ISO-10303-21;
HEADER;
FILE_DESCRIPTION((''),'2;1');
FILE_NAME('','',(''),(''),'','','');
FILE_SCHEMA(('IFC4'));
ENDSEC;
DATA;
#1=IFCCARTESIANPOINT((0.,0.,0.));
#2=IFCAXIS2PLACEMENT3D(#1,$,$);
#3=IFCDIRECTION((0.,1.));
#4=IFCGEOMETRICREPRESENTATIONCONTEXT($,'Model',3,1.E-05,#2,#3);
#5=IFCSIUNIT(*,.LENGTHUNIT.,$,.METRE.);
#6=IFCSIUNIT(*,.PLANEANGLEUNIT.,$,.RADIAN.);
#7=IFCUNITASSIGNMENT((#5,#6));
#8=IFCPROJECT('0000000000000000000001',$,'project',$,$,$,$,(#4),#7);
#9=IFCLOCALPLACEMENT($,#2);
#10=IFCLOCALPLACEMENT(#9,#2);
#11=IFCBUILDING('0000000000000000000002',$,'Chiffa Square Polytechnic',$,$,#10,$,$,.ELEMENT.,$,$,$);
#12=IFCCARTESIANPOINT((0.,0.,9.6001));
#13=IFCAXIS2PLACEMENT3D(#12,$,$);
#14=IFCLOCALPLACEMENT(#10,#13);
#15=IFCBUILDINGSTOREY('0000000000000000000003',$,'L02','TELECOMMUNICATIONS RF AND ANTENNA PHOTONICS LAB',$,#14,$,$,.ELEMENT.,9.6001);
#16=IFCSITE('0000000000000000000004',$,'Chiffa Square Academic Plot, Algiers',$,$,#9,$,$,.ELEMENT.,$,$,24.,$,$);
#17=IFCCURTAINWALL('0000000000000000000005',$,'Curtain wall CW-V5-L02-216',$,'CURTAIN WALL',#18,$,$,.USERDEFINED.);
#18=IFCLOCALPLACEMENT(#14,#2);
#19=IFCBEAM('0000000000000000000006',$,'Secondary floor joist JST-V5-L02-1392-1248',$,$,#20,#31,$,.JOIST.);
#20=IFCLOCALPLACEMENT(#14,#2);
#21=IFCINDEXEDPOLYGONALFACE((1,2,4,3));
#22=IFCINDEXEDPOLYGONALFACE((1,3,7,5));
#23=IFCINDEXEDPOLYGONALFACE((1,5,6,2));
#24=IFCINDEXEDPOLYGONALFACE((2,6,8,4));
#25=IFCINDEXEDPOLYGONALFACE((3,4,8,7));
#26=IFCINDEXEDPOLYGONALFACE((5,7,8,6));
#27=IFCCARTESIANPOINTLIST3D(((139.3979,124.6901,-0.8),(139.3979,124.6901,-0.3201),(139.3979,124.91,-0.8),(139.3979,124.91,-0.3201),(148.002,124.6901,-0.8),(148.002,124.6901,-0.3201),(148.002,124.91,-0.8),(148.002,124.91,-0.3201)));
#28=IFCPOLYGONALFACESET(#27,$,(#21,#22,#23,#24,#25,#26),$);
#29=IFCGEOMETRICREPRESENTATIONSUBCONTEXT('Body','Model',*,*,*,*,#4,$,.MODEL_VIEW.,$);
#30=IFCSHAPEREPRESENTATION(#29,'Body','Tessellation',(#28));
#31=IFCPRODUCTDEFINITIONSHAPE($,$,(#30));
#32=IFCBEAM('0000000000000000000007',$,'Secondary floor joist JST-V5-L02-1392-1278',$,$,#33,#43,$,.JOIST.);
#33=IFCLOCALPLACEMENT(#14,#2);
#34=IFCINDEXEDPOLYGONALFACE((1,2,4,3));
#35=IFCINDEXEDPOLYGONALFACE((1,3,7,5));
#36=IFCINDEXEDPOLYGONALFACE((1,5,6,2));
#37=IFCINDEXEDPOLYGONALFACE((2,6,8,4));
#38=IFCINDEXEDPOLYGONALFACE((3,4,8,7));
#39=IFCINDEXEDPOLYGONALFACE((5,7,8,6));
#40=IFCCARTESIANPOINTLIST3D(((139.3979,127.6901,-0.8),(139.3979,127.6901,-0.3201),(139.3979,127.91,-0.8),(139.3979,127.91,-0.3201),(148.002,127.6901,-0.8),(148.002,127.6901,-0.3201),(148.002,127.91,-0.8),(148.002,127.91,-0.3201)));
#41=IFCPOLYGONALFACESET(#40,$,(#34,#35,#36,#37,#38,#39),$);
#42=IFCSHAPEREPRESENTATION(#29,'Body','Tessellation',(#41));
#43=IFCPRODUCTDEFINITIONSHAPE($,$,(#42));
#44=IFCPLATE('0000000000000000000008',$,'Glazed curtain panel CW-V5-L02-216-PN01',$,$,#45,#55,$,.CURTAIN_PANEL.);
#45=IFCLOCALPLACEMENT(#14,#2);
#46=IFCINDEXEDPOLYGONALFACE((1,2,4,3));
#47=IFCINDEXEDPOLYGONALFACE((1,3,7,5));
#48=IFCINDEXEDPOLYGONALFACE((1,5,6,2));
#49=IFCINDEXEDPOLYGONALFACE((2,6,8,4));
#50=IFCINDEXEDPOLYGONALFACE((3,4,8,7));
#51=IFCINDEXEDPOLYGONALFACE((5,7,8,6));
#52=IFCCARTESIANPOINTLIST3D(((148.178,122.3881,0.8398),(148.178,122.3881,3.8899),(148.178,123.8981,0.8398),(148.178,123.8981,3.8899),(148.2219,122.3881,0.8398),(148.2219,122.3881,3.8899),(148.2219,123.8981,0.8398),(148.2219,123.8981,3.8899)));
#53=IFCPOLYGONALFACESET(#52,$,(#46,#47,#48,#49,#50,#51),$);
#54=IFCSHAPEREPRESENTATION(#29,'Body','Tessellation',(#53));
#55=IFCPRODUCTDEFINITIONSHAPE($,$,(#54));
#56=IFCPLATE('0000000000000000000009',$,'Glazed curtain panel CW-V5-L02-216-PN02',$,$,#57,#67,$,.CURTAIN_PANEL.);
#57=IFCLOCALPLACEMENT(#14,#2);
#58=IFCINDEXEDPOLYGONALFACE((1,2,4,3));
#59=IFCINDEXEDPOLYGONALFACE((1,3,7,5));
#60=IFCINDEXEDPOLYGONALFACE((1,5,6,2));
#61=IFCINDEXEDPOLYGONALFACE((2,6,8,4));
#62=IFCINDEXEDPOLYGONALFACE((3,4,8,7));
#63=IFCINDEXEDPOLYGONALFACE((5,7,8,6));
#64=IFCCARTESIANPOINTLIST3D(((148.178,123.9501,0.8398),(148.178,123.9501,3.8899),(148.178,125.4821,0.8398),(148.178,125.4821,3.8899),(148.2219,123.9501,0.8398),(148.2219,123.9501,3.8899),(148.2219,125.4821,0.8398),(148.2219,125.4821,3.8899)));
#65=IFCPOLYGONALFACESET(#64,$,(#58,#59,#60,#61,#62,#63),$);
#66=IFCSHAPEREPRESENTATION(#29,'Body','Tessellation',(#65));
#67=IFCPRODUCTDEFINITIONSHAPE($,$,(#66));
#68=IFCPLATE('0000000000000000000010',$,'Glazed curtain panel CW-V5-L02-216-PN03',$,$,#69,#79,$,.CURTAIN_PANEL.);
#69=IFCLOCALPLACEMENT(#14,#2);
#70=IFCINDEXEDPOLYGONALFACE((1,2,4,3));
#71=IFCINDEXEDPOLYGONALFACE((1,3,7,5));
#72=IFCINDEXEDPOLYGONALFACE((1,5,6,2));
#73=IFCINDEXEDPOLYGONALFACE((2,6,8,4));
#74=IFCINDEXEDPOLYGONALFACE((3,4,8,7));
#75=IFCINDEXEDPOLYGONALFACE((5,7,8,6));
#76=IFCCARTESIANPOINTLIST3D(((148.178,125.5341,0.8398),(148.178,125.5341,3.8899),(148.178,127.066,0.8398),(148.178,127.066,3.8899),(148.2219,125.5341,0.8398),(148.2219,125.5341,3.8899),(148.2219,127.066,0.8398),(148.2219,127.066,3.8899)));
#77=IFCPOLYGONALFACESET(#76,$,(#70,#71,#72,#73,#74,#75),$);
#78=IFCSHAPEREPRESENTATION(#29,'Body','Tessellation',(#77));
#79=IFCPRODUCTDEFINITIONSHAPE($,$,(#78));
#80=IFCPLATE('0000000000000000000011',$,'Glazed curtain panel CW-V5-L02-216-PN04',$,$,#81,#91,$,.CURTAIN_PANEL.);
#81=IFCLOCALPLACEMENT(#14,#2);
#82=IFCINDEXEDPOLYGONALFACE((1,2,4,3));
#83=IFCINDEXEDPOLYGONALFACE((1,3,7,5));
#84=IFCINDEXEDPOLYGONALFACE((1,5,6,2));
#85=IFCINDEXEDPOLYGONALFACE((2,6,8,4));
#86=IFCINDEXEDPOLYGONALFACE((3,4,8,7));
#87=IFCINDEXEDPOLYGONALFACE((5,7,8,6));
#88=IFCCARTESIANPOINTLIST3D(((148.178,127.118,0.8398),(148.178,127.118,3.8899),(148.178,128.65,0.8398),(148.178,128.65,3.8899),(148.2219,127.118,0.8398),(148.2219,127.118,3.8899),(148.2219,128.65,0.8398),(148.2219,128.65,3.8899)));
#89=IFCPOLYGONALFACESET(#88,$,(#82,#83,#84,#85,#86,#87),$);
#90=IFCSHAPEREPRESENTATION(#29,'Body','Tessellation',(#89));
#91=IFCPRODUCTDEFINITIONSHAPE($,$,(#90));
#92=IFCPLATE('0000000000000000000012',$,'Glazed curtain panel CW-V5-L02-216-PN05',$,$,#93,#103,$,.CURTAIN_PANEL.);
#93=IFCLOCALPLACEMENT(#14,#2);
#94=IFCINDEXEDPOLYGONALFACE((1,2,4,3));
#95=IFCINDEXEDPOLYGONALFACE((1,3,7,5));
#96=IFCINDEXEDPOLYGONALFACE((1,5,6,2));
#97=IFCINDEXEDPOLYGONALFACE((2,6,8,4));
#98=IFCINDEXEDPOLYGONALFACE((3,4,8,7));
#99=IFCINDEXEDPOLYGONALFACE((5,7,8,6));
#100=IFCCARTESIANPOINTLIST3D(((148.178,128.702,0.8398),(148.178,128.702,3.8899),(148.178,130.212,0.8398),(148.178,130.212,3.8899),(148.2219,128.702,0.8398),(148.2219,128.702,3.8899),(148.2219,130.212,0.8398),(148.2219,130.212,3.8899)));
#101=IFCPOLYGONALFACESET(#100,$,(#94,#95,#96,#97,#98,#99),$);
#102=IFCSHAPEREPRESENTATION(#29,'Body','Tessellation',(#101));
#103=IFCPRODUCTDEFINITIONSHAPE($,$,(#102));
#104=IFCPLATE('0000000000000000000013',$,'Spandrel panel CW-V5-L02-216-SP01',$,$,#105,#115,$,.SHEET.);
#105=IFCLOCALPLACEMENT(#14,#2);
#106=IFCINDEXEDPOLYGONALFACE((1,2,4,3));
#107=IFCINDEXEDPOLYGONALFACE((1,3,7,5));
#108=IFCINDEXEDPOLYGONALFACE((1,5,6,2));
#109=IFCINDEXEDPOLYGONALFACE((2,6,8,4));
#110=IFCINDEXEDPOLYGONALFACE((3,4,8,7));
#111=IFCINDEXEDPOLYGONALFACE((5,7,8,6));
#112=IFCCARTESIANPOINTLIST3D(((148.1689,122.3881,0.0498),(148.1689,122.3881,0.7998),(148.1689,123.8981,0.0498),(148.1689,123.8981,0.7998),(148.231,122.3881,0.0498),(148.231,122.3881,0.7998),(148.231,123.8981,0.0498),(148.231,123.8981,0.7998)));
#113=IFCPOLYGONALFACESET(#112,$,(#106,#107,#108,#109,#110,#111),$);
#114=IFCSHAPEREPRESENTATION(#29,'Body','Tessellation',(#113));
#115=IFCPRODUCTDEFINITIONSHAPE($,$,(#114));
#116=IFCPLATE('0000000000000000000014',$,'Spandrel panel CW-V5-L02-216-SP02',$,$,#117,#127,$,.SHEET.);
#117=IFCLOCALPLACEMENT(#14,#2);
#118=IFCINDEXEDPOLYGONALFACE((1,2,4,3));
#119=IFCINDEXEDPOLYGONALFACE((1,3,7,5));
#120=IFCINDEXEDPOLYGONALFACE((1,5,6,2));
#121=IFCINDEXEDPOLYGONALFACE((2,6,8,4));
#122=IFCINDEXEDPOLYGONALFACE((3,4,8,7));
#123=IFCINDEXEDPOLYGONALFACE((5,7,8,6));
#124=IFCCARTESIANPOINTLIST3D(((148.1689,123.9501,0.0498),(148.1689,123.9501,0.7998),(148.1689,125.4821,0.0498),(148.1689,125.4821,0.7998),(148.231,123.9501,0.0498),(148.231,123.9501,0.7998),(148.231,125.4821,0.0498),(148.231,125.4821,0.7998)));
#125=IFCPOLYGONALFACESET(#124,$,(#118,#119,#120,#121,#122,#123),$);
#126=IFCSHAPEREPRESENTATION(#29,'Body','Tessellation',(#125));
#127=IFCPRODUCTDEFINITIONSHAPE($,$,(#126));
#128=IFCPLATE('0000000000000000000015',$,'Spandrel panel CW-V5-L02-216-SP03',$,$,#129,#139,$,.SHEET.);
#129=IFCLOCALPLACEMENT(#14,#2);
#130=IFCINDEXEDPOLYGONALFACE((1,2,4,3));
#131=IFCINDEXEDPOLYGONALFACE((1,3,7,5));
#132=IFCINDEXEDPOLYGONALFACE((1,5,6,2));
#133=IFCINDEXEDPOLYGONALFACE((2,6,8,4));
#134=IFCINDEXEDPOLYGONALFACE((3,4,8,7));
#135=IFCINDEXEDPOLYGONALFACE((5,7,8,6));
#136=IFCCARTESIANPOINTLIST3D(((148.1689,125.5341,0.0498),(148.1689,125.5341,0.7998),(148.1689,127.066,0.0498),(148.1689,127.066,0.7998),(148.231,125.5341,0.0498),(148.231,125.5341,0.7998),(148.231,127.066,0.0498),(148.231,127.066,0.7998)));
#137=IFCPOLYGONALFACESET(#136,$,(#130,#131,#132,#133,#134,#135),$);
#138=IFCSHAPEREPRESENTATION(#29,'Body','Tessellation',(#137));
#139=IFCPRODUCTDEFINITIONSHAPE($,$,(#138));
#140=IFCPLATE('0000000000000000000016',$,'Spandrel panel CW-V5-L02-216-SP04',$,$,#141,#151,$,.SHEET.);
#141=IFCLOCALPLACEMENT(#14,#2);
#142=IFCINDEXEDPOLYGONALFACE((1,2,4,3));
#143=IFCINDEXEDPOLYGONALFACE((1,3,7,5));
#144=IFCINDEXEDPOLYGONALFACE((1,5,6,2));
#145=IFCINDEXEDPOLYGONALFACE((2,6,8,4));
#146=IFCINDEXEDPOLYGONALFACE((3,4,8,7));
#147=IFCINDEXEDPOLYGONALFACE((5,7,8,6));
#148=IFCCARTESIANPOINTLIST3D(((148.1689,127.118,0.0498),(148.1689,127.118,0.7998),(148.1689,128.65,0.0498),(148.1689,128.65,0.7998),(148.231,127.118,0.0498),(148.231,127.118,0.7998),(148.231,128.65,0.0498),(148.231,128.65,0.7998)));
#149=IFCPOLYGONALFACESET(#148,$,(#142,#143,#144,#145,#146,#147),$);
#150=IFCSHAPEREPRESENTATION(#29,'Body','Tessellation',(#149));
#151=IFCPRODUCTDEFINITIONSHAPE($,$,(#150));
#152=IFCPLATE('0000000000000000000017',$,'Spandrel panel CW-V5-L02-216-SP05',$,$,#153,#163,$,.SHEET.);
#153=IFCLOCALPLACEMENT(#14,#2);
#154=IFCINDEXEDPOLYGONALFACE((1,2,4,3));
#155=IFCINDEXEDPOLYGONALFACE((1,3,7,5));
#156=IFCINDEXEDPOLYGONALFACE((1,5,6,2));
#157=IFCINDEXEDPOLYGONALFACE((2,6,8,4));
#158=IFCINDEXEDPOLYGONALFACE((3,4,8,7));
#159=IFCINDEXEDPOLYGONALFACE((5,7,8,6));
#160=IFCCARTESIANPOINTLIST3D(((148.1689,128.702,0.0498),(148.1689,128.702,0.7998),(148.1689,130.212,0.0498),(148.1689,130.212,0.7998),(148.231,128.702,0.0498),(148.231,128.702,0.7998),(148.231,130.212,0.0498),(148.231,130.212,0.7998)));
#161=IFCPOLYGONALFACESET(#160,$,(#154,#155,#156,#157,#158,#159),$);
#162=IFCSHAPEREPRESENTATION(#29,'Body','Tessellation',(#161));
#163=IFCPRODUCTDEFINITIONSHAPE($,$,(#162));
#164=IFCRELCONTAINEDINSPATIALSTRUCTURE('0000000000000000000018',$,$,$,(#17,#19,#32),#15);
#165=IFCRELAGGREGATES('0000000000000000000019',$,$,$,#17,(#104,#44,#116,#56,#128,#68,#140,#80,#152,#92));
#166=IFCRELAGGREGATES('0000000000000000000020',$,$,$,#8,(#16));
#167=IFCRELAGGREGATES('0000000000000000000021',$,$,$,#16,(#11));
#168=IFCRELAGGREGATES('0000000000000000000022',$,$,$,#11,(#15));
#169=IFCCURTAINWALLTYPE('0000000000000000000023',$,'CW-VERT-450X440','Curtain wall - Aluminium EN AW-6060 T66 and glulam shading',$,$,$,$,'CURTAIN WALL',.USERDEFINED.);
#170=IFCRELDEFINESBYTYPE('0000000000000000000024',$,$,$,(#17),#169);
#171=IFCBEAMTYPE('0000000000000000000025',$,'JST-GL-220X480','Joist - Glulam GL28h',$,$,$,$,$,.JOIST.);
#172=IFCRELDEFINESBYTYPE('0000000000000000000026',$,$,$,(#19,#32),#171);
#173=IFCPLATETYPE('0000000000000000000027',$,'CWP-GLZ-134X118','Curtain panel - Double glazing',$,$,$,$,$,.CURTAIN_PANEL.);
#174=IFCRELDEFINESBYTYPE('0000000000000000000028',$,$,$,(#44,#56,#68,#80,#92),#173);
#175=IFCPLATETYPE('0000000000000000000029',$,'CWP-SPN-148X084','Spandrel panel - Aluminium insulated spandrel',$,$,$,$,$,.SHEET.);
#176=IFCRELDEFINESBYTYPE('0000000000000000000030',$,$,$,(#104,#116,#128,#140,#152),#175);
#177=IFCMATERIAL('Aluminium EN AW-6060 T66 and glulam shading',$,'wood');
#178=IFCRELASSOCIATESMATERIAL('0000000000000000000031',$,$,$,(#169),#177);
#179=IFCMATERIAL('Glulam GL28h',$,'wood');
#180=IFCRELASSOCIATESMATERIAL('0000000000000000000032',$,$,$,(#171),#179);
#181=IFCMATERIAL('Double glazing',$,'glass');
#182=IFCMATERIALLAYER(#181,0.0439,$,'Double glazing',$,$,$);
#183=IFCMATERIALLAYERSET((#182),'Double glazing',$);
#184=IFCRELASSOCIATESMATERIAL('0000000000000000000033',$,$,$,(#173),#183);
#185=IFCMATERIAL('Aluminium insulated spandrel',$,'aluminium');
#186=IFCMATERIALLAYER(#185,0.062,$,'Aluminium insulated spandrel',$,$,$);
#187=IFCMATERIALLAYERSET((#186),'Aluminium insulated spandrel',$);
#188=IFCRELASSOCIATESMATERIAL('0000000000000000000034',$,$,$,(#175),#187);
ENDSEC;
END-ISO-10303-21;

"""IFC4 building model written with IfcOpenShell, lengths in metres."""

from ifc_helpers import new_model, si_unit, direction, frame, origin, origin_2d, place, context, subcontext, project, spatial, rectangle, extrude, material, layer, layer_set, material_profile, profile_set, type_object, element, aggregate, save


model = new_model("IFC4")

# Units and contexts
model_context = context("Model", 3, precision=1e-05, world=origin(), true_north=direction((0.0, 1.0)))
body_context = subcontext(model_context, "Body", "Model", "MODEL_VIEW")
ifc_project = project(units=[si_unit("LENGTHUNIT", "METRE"), si_unit("PLANEANGLEUNIT", "RADIAN")], contexts=[model_context])

# Site, building, storey
site_placement = place(None, origin())
site = spatial("IfcSite", under=ifc_project, at=site_placement, Name="Chiffa Square Academic Plot, Algiers", CompositionType="ELEMENT", RefElevation=24.0)
building_placement = place(site_placement, origin())
building = spatial("IfcBuilding", under=site, at=building_placement, Name="Chiffa Square Polytechnic", CompositionType="ELEMENT")
storey_placement = place(building_placement, frame((0.0, 0.0, 9.6001)))
storey = spatial("IfcBuildingStorey", under=building, at=storey_placement, Name="L02", Description="TELECOMMUNICATIONS RF AND ANTENNA PHOTONICS LAB", CompositionType="ELEMENT", Elevation=9.6001)

# Curtain wall
ifc_material_1 = material(Name="Aluminium EN AW-6060 T66 and glulam shading", Category="wood")
curtain_wall_type = type_object("IfcCurtainWallType", Name="CW-VERT-450X440", Description="Curtain wall - Aluminium EN AW-6060 T66 and glulam shading", ElementType="CURTAIN WALL", PredefinedType="USERDEFINED", material=ifc_material_1)
curtain_wall_placement = place(storey_placement, origin())
curtain_wall = element("IfcCurtainWall", 1, at=curtain_wall_placement, inside=storey, type_object=curtain_wall_type, Name="Curtain wall CW-V5-L02-216", ObjectType="CURTAIN WALL", PredefinedType="USERDEFINED")
ifc_material_2 = material(Name="Glulam GL28h", Category="wood")

# Beams
ifc_material_profile_1 = material_profile(ifc_material_2, rectangle(XDim=0.22, YDim=0.48, at=origin_2d()), Name="GL28h 220x480")
ifc_profile_set_1 = profile_set([ifc_material_profile_1], Name="Glulam GL28h")
beam_type_1 = type_object("IfcBeamType", Name="JST-GL-220X480", Description="Joist - Glulam GL28h", PredefinedType="JOIST", material=ifc_profile_set_1)
for number, where, z_axis, x_axis, name in (
    (2, (139.3979, 124.8, -0.5601), (1.0, 0.0, 0.0), (0.0, 1.0, 0.0), "Secondary floor joist JST-V5-L02-1392-1248"),
    (3, (139.3979, 127.8, -0.5601), (1.0, 0.0, 0.0), (0.0, 1.0, 0.0), "Secondary floor joist JST-V5-L02-1392-1278"),
):
    element("IfcBeam", number, at=place(storey_placement, frame(where, z_axis=z_axis, x_axis=x_axis)), inside=storey, type_object=beam_type_1, Name=name, PredefinedType="JOIST", context=body_context, shape_type="SweptSolid", body=[
        extrude(rectangle(XDim=0.22, YDim=0.48, at=origin_2d()), origin(), (0.0, 0.0, 1.0), 8.604),
    ])

# Plates
ifc_material_3 = material(Name="Double glazing", Category="glass")
ifc_layer_1 = layer(ifc_material_3, 0.0439, Name="Double glazing")
ifc_layer_set_1 = layer_set([ifc_layer_1], Name="Double glazing")
plate_type_1 = type_object("IfcPlateType", Name="CWP-GLZ-134X118", Description="Curtain panel - Double glazing", PredefinedType="CURTAIN_PANEL", material=ifc_layer_set_1)
plate_1_placement = place(storey_placement, frame((148.2, 123.1431, 0.8398), z_axis=(0.0, 0.0, 1.0), x_axis=(0.0, 1.0, 0.0)))
plate_1 = element("IfcPlate", 4, at=plate_1_placement, type_object=plate_type_1, Name="Glazed curtain panel CW-V5-L02-216-PN01", PredefinedType="CURTAIN_PANEL", context=body_context, shape_type="SweptSolid", body=[
    extrude(rectangle(XDim=1.51, YDim=0.0439, at=origin_2d()), origin(), (0.0, 0.0, 1.0), 3.05),
])
plate_2_placement = place(storey_placement, frame((148.2, 124.7161, 0.8398), z_axis=(0.0, 0.0, 1.0), x_axis=(0.0, 1.0, 0.0)))
plate_2 = element("IfcPlate", 5, at=plate_2_placement, type_object=plate_type_1, Name="Glazed curtain panel CW-V5-L02-216-PN02", PredefinedType="CURTAIN_PANEL", context=body_context, shape_type="SweptSolid", body=[
    extrude(rectangle(XDim=1.532, YDim=0.0439, at=origin_2d()), origin(), (0.0, 0.0, 1.0), 3.05),
])
plate_3_placement = place(storey_placement, frame((148.2, 126.3, 0.8398), z_axis=(0.0, 0.0, 1.0), x_axis=(0.0, 1.0, 0.0)))
plate_3 = element("IfcPlate", 6, at=plate_3_placement, type_object=plate_type_1, Name="Glazed curtain panel CW-V5-L02-216-PN03", PredefinedType="CURTAIN_PANEL", context=body_context, shape_type="SweptSolid", body=[
    extrude(rectangle(XDim=1.532, YDim=0.0439, at=origin_2d()), origin(), (0.0, 0.0, 1.0), 3.05),
])
plate_4_placement = place(storey_placement, frame((148.2, 127.884, 0.8398), z_axis=(0.0, 0.0, 1.0), x_axis=(0.0, 1.0, 0.0)))
plate_4 = element("IfcPlate", 7, at=plate_4_placement, type_object=plate_type_1, Name="Glazed curtain panel CW-V5-L02-216-PN04", PredefinedType="CURTAIN_PANEL", context=body_context, shape_type="SweptSolid", body=[
    extrude(rectangle(XDim=1.532, YDim=0.0439, at=origin_2d()), origin(), (0.0, 0.0, 1.0), 3.05),
])
plate_5_placement = place(storey_placement, frame((148.2, 129.457, 0.8398), z_axis=(0.0, 0.0, 1.0), x_axis=(0.0, 1.0, 0.0)))
plate_5 = element("IfcPlate", 8, at=plate_5_placement, type_object=plate_type_1, Name="Glazed curtain panel CW-V5-L02-216-PN05", PredefinedType="CURTAIN_PANEL", context=body_context, shape_type="SweptSolid", body=[
    extrude(rectangle(XDim=1.51, YDim=0.0439, at=origin_2d()), origin(), (0.0, 0.0, 1.0), 3.05),
])
ifc_material_4 = material(Name="Aluminium insulated spandrel", Category="aluminium")
ifc_layer_2 = layer(ifc_material_4, 0.062, Name="Aluminium insulated spandrel")
ifc_layer_set_2 = layer_set([ifc_layer_2], Name="Aluminium insulated spandrel")
plate_type_2 = type_object("IfcPlateType", Name="CWP-SPN-148X084", Description="Spandrel panel - Aluminium insulated spandrel", PredefinedType="SHEET", material=ifc_layer_set_2)
plate_6_placement = place(storey_placement, frame((148.2, 123.1431, 0.0498), z_axis=(0.0, 0.0, 1.0), x_axis=(0.0, 1.0, 0.0)))
plate_6 = element("IfcPlate", 9, at=plate_6_placement, type_object=plate_type_2, Name="Spandrel panel CW-V5-L02-216-SP01", PredefinedType="SHEET", context=body_context, shape_type="SweptSolid", body=[
    extrude(rectangle(XDim=1.51, YDim=0.062, at=origin_2d()), origin(), (0.0, 0.0, 1.0), 0.75),
])
plate_7_placement = place(storey_placement, frame((148.2, 124.7161, 0.0498), z_axis=(0.0, 0.0, 1.0), x_axis=(0.0, 1.0, 0.0)))
plate_7 = element("IfcPlate", 10, at=plate_7_placement, type_object=plate_type_2, Name="Spandrel panel CW-V5-L02-216-SP02", PredefinedType="SHEET", context=body_context, shape_type="SweptSolid", body=[
    extrude(rectangle(XDim=1.532, YDim=0.062, at=origin_2d()), origin(), (0.0, 0.0, 1.0), 0.75),
])
plate_8_placement = place(storey_placement, frame((148.2, 126.3, 0.0498), z_axis=(0.0, 0.0, 1.0), x_axis=(0.0, 1.0, 0.0)))
plate_8 = element("IfcPlate", 11, at=plate_8_placement, type_object=plate_type_2, Name="Spandrel panel CW-V5-L02-216-SP03", PredefinedType="SHEET", context=body_context, shape_type="SweptSolid", body=[
    extrude(rectangle(XDim=1.532, YDim=0.062, at=origin_2d()), origin(), (0.0, 0.0, 1.0), 0.75),
])
plate_9_placement = place(storey_placement, frame((148.2, 127.884, 0.0498), z_axis=(0.0, 0.0, 1.0), x_axis=(0.0, 1.0, 0.0)))
plate_9 = element("IfcPlate", 12, at=plate_9_placement, type_object=plate_type_2, Name="Spandrel panel CW-V5-L02-216-SP04", PredefinedType="SHEET", context=body_context, shape_type="SweptSolid", body=[
    extrude(rectangle(XDim=1.532, YDim=0.062, at=origin_2d()), origin(), (0.0, 0.0, 1.0), 0.75),
])
plate_10_placement = place(storey_placement, frame((148.2, 129.457, 0.0498), z_axis=(0.0, 0.0, 1.0), x_axis=(0.0, 1.0, 0.0)))
plate_10 = element("IfcPlate", 13, at=plate_10_placement, type_object=plate_type_2, Name="Spandrel panel CW-V5-L02-216-SP05", PredefinedType="SHEET", context=body_context, shape_type="SweptSolid", body=[
    extrude(rectangle(XDim=1.51, YDim=0.062, at=origin_2d()), origin(), (0.0, 0.0, 1.0), 0.75),
])
aggregate(curtain_wall, [plate_6, plate_1, plate_7, plate_2, plate_8, plate_3, plate_9, plate_4, plate_10, plate_5])

save(model, "model.ifc")
